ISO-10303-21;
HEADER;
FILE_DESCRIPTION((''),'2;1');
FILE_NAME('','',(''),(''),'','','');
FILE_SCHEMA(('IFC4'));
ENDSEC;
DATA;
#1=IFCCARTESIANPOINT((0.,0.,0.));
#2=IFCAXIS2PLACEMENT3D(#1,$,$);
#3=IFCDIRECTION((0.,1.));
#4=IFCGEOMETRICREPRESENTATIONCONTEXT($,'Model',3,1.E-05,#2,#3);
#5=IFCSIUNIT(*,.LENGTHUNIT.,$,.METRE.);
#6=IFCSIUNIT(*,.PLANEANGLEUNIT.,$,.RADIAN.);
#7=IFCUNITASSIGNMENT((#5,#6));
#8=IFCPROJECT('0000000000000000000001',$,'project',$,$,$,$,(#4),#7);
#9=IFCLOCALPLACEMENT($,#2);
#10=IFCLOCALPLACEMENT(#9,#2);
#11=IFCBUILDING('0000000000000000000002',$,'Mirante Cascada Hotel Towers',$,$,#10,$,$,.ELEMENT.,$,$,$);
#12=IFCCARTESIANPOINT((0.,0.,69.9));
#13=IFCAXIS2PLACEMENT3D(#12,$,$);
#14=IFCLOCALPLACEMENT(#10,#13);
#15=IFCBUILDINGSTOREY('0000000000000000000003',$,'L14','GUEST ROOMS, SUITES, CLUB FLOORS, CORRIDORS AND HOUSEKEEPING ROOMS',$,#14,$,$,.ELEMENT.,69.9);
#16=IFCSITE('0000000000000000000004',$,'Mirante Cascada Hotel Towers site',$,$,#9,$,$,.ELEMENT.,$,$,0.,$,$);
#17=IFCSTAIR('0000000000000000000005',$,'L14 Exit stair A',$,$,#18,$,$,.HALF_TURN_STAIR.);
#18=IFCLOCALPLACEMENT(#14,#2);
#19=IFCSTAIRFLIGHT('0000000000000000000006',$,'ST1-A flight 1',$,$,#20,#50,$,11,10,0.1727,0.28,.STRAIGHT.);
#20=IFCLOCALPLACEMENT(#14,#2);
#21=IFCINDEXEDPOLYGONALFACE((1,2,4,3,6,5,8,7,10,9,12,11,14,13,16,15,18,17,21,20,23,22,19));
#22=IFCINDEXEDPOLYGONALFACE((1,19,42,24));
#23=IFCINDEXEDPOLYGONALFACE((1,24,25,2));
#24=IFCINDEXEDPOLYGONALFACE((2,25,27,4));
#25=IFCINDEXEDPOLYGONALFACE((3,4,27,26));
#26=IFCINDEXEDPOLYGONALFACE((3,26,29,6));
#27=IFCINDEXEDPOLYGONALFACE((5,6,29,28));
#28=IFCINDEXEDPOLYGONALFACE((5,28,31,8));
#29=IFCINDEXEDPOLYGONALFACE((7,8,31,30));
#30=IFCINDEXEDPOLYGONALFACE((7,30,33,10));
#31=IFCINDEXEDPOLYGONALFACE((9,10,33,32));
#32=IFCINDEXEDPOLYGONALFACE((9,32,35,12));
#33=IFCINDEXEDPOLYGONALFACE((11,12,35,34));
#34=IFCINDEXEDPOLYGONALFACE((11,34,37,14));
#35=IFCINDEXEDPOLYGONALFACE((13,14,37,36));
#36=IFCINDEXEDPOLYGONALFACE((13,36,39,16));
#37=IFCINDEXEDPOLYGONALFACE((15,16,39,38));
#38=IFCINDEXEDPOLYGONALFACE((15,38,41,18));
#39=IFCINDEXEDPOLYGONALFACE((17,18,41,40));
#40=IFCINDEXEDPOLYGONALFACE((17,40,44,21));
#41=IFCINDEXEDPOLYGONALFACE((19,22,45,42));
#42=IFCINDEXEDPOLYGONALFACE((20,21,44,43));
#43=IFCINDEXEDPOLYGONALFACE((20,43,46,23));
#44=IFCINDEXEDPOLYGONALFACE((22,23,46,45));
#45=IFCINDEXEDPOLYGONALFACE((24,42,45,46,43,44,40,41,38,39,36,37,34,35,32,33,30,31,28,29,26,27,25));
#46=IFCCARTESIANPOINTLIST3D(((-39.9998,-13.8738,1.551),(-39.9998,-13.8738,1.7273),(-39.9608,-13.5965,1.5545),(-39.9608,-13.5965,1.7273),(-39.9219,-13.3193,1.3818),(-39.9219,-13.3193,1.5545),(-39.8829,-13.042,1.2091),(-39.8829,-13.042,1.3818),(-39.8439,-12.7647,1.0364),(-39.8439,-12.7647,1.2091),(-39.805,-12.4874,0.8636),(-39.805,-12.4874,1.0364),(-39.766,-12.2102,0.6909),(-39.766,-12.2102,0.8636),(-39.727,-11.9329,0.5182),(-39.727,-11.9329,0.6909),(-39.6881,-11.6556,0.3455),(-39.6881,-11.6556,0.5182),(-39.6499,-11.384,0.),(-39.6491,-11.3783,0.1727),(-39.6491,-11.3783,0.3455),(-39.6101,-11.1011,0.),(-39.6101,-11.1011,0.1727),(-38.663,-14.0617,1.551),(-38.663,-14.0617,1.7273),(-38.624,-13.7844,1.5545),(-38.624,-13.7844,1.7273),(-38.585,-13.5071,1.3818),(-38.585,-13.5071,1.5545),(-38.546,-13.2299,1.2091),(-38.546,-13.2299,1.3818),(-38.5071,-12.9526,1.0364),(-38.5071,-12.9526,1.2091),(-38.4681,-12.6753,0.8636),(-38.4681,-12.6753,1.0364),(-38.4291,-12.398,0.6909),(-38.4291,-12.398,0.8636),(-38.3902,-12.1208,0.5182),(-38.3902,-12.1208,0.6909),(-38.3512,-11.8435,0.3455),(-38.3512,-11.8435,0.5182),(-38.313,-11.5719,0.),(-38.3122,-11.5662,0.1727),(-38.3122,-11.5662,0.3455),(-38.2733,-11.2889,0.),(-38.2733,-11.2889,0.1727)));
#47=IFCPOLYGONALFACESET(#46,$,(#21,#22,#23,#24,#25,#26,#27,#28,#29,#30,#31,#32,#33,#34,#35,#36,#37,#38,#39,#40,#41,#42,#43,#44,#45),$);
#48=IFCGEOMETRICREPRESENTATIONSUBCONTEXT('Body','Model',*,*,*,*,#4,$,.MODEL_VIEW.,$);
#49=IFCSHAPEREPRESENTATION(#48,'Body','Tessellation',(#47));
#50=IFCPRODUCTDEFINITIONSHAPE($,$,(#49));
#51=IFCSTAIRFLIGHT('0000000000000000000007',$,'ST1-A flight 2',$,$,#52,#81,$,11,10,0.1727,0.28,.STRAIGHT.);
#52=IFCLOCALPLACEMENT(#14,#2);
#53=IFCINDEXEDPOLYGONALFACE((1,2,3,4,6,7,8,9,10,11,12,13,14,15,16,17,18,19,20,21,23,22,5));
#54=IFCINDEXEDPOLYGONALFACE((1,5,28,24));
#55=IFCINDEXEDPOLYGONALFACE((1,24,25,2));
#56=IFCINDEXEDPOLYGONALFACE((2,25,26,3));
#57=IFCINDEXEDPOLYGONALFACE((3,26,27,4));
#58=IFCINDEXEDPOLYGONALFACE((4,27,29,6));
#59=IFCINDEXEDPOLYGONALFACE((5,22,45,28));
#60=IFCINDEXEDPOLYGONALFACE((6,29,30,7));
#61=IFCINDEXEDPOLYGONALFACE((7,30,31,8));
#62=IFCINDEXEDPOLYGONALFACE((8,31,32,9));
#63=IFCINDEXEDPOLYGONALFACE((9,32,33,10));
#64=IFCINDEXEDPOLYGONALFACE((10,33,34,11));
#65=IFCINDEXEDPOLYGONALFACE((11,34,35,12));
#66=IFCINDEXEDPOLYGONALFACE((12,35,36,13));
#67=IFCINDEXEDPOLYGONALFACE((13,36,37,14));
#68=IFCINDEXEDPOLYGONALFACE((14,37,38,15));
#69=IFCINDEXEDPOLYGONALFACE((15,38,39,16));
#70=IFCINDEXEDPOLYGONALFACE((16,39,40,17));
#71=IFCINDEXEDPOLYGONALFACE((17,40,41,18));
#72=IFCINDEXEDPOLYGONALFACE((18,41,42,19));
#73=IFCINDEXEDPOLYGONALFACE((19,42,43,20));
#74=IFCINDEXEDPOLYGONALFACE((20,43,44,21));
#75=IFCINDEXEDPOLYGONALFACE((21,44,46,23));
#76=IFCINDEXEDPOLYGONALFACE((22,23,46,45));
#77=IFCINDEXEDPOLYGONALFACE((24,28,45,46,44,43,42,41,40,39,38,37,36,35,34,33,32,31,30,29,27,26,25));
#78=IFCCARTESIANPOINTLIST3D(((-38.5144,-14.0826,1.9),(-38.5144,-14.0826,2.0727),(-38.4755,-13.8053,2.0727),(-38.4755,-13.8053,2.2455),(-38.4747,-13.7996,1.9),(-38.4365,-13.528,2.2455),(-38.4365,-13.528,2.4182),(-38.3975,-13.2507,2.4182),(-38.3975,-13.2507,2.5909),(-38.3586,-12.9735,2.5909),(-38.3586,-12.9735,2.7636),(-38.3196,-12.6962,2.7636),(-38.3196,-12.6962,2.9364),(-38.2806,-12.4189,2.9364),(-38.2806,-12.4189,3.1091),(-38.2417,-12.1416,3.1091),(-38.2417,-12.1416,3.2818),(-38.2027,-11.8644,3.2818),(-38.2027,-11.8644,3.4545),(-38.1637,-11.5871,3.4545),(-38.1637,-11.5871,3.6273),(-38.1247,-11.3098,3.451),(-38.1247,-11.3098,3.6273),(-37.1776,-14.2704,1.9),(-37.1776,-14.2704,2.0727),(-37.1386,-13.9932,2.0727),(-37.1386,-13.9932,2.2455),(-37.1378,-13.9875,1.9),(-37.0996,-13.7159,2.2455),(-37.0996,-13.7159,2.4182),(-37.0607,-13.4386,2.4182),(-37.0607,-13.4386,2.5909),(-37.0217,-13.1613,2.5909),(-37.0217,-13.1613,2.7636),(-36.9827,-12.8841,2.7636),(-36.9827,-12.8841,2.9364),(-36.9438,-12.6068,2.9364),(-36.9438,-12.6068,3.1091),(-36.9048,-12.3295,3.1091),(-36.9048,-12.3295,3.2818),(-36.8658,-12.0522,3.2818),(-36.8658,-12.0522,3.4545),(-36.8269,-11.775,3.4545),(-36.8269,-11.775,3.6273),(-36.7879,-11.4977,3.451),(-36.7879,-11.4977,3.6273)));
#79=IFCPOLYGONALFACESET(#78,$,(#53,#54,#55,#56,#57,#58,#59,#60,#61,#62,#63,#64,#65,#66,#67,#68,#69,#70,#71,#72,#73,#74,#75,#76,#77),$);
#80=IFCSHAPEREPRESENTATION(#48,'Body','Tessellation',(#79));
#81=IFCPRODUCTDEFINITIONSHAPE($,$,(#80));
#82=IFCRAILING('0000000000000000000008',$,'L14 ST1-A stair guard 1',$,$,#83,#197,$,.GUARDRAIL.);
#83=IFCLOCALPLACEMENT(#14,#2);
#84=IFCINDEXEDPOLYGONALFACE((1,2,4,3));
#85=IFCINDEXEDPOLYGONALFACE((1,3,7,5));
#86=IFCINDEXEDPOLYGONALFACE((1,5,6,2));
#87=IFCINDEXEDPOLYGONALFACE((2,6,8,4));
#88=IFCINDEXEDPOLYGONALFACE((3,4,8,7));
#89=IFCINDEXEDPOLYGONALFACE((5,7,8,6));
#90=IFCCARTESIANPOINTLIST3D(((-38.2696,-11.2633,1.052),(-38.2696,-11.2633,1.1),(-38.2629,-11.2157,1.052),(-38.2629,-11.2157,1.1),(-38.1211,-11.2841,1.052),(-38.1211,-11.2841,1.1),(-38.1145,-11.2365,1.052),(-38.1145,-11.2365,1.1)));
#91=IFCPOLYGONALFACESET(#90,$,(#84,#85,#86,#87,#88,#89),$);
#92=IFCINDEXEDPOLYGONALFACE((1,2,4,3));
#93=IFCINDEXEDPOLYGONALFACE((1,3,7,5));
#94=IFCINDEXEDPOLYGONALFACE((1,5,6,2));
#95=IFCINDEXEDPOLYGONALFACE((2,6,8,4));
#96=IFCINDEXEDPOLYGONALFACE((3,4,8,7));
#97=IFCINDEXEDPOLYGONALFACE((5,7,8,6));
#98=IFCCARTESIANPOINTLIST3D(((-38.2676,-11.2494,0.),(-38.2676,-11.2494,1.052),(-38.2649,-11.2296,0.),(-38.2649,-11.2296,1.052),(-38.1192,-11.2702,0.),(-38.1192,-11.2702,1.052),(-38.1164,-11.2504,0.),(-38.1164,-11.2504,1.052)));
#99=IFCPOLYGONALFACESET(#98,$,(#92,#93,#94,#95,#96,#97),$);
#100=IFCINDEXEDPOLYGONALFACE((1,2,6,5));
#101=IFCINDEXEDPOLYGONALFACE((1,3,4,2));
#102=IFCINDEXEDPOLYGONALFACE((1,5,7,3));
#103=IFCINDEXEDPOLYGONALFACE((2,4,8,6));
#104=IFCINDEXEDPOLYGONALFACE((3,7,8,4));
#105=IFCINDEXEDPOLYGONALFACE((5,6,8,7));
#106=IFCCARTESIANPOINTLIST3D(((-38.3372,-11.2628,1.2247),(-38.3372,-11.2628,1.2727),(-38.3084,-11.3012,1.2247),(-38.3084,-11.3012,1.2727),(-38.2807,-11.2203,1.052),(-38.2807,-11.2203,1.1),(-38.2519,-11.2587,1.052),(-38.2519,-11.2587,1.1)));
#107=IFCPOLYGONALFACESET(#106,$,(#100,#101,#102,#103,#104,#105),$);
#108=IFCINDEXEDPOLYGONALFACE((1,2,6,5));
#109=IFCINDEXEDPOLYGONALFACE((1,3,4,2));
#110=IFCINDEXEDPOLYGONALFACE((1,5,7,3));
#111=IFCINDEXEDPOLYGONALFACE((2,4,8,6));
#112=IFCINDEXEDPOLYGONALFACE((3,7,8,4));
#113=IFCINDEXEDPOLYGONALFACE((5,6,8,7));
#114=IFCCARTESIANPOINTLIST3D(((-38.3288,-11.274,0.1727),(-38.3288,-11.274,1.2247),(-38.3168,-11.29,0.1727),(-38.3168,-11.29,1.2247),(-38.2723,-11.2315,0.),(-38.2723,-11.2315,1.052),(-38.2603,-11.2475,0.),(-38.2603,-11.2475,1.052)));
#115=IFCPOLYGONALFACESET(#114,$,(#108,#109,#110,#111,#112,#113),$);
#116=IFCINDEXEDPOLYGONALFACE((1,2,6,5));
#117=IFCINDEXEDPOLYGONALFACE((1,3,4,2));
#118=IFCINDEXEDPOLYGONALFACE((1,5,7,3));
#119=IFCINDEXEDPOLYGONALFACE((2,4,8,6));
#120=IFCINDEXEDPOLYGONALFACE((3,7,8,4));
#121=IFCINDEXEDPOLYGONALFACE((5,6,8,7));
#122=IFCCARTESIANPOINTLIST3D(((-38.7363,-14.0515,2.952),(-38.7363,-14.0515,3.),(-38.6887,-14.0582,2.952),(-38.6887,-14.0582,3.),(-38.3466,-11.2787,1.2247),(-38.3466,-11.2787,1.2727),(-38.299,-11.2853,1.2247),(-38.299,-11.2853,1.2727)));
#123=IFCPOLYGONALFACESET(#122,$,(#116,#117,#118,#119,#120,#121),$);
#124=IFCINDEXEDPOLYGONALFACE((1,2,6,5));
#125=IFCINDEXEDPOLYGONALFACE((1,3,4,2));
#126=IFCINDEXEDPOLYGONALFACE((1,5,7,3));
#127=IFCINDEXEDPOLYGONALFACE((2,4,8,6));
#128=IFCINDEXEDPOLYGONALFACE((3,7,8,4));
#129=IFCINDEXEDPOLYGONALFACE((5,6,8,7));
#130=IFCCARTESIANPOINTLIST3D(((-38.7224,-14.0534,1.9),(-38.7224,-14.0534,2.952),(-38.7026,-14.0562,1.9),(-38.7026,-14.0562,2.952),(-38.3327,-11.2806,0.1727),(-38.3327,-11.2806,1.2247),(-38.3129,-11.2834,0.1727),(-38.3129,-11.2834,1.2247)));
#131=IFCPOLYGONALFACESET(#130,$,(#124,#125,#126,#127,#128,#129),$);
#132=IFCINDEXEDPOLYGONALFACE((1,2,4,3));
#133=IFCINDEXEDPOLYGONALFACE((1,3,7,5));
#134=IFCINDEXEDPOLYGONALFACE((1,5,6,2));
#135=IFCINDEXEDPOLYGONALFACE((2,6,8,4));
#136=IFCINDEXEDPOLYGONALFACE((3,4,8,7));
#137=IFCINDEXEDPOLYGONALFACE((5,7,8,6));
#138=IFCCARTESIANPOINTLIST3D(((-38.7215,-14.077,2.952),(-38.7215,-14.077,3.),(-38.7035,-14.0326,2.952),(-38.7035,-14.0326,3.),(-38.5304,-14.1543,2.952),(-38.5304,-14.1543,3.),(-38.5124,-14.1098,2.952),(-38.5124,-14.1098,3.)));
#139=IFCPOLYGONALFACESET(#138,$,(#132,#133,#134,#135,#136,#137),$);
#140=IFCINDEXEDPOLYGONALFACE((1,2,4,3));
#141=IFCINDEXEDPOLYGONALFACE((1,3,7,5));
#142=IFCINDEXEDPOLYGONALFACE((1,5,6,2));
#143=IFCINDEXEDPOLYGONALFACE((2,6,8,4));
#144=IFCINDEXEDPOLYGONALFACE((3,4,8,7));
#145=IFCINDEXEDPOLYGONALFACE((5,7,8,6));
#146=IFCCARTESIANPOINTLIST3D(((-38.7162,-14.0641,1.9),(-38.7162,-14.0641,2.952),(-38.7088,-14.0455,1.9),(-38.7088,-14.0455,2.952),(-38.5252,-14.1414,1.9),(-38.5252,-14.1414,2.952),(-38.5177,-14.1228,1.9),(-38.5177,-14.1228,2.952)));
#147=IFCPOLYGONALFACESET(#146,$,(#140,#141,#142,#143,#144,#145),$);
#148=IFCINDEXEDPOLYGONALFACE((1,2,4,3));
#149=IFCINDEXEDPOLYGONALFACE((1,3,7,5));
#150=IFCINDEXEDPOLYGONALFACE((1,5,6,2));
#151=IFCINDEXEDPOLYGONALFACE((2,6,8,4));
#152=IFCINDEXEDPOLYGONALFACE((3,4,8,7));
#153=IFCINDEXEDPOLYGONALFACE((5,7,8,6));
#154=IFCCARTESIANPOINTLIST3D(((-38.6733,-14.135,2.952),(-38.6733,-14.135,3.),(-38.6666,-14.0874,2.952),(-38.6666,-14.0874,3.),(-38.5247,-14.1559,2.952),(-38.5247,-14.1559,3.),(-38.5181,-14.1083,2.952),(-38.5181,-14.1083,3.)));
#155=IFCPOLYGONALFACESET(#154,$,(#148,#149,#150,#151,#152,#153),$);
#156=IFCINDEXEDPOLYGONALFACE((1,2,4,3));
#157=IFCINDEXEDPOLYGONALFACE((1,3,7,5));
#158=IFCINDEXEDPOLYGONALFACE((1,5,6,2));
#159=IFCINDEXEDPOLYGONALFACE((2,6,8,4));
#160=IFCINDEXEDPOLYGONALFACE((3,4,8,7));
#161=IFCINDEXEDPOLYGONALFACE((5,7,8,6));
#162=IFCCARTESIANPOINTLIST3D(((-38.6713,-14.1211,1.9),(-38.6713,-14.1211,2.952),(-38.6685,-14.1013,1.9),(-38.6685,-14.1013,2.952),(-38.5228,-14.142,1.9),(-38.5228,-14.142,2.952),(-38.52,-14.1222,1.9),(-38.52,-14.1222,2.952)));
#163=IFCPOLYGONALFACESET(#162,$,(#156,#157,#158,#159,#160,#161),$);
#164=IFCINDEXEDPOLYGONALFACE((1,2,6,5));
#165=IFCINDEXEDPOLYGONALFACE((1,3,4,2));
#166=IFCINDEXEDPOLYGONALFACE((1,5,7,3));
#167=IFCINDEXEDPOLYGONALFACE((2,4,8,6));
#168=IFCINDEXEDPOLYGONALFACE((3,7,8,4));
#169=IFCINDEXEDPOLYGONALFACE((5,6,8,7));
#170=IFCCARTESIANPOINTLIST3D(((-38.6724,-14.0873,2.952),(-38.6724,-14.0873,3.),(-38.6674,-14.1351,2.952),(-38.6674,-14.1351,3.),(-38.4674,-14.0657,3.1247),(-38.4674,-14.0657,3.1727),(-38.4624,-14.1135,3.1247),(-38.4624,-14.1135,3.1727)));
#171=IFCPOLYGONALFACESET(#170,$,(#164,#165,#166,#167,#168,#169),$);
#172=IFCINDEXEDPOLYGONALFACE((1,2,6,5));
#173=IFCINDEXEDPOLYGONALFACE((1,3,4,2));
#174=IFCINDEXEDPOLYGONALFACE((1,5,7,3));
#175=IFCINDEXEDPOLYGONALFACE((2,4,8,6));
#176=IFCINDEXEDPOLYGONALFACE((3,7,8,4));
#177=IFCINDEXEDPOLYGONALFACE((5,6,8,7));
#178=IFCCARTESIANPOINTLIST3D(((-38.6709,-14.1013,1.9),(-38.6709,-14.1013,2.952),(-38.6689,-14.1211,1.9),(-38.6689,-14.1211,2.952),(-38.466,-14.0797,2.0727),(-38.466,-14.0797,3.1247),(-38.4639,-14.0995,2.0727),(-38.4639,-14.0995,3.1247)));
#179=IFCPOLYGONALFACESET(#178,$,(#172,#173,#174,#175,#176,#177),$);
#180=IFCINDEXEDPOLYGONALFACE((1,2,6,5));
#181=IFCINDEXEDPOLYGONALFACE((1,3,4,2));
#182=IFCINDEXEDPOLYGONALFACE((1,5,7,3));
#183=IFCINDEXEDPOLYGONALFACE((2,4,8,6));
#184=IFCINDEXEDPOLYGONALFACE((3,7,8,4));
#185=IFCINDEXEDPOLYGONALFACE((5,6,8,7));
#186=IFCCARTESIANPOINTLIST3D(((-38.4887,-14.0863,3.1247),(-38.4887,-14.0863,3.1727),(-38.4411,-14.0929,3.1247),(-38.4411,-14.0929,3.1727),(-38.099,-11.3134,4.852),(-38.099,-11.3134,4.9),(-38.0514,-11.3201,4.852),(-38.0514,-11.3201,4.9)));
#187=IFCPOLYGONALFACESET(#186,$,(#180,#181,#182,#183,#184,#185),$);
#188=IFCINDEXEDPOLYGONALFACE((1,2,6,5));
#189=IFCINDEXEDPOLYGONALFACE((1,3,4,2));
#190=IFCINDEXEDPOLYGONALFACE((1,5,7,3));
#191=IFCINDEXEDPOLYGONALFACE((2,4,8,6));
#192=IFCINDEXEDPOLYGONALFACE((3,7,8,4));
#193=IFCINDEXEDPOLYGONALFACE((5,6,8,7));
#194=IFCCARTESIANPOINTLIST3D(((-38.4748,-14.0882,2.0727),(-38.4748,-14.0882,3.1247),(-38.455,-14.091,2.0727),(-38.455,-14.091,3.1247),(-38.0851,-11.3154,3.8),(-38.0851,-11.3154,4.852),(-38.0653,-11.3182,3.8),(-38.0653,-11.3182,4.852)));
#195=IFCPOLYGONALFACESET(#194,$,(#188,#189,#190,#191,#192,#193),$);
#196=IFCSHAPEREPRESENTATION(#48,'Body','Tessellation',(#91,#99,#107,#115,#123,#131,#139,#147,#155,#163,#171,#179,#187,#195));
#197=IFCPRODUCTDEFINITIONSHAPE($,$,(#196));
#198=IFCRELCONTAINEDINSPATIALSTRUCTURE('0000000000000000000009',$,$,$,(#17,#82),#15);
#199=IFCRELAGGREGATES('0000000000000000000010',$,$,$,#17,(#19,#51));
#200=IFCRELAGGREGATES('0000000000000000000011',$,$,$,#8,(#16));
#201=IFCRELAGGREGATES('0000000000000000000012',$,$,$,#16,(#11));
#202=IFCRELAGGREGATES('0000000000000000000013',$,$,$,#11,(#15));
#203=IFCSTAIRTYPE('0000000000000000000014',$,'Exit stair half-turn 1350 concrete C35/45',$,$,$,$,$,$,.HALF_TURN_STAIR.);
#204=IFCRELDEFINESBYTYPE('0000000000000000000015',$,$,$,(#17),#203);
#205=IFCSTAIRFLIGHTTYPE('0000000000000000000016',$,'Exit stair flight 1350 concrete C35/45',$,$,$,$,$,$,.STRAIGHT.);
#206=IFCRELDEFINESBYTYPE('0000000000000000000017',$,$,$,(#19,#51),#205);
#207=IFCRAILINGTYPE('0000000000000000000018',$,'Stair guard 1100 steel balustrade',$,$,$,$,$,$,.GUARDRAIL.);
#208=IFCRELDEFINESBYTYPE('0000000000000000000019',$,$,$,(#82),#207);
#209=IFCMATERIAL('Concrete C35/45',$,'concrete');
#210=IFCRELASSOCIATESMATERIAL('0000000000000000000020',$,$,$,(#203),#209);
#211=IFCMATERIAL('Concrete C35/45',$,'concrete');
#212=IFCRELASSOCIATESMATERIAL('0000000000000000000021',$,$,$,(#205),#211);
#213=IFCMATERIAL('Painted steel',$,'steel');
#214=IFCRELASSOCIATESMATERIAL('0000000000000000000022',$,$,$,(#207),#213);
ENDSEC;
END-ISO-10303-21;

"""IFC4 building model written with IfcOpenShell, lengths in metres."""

from ifc_helpers import new_model, si_unit, direction, frame, origin, origin_2d, place, context, subcontext, project, spatial, polyline, rectangle, outline, extrude, material, type_object, element, aggregate, save


model = new_model("IFC4")

# Units and contexts
model_context = context("Model", 3, precision=1e-05, world=origin(), true_north=direction((0.0, 1.0)))
body_context = subcontext(model_context, "Body", "Model", "MODEL_VIEW")
ifc_project = project(units=[si_unit("LENGTHUNIT", "METRE"), si_unit("PLANEANGLEUNIT", "RADIAN")], contexts=[model_context])

# Site, building, storey
site_placement = place(None, origin())
site = spatial("IfcSite", under=ifc_project, at=site_placement, Name="Mirante Cascada Hotel Towers site", CompositionType="ELEMENT", RefElevation=0.0)
building_placement = place(site_placement, origin())
building = spatial("IfcBuilding", under=site, at=building_placement, Name="Mirante Cascada Hotel Towers", CompositionType="ELEMENT")
storey_placement = place(building_placement, frame((0.0, 0.0, 69.9)))
storey = spatial("IfcBuildingStorey", under=building, at=storey_placement, Name="L14", Description="GUEST ROOMS, SUITES, CLUB FLOORS, CORRIDORS AND HOUSEKEEPING ROOMS", CompositionType="ELEMENT", Elevation=69.9)

# Stair, stair flights
ifc_material_1 = material(Name="Concrete C35/45", Category="concrete")
stair_type = type_object("IfcStairType", Name="Exit stair half-turn 1350 concrete C35/45", PredefinedType="HALF_TURN_STAIR", material=ifc_material_1)
stair_placement = place(storey_placement, origin())
stair = element("IfcStair", 1, at=stair_placement, inside=storey, type_object=stair_type, Name="L14 Exit stair A", PredefinedType="HALF_TURN_STAIR")
ifc_material_2 = material(Name="Concrete C35/45", Category="concrete")
stair_flight_type = type_object("IfcStairFlightType", Name="Exit stair flight 1350 concrete C35/45", PredefinedType="STRAIGHT", material=ifc_material_2)
stair_flight_1_placement = place(storey_placement, frame((-38.9417, -11.195, 0.0), z_axis=(0.0, 0.0, 1.0), x_axis=(-0.139173, -0.990268, 0.0)))
stair_flight_1 = element("IfcStairFlight", 2, at=stair_flight_1_placement, type_object=stair_flight_type, Name="ST1-A flight 1", NumberOfRisers=11, NumberOfTreads=10, PredefinedType="STRAIGHT", RiserHeight=0.1727, TreadLength=0.28, context=body_context, shape_type="SweptSolid", body=[
    extrude(outline(polyline([(0.0, 0.0), (0.0, 0.1727), (0.28, 0.1727), (0.28, 0.3455), (0.56, 0.3455), (0.56, 0.5182), (0.84, 0.5182), (0.84, 0.6909), (1.12, 0.6909), (1.12, 0.8636), (1.4, 0.8636), (1.4, 1.0364), (1.68, 1.0364), (1.68, 1.2091), (1.96, 1.2091), (1.96, 1.3818), (2.24, 1.3818), (2.24, 1.5545), (2.52, 1.5545), (2.52, 1.7273), (2.8, 1.7273), (2.8, 1.9), (2.8, 1.551), (0.2857, 0.0), (0.0, 0.0)])), frame((0.0, 0.675, 0.0), z_axis=(0.0, -1.0, 0.0), x_axis=(1.0, 0.0, 0.0)), (0.0, 0.0, 1.0), 1.35),
])
stair_flight_2_placement = place(storey_placement, frame((-37.846, -14.1765, 1.9), z_axis=(0.0, 0.0, 1.0), x_axis=(0.139173, 0.990268, 0.0)))
stair_flight_2 = element("IfcStairFlight", 3, at=stair_flight_2_placement, type_object=stair_flight_type, Name="ST1-A flight 2", NumberOfRisers=11, NumberOfTreads=10, PredefinedType="STRAIGHT", RiserHeight=0.1727, TreadLength=0.28, context=body_context, shape_type="SweptSolid", body=[
    extrude(outline(polyline([(0.0, 0.0), (0.0, 0.1727), (0.28, 0.1727), (0.28, 0.3455), (0.56, 0.3455), (0.56, 0.5182), (0.84, 0.5182), (0.84, 0.6909), (1.12, 0.6909), (1.12, 0.8636), (1.4, 0.8636), (1.4, 1.0364), (1.68, 1.0364), (1.68, 1.2091), (1.96, 1.2091), (1.96, 1.3818), (2.24, 1.3818), (2.24, 1.5545), (2.52, 1.5545), (2.52, 1.7273), (2.8, 1.7273), (2.8, 1.9), (2.8, 1.551), (0.2857, 0.0), (0.0, 0.0)])), frame((0.0, 0.675, 0.0), z_axis=(0.0, -1.0, 0.0), x_axis=(1.0, 0.0, 0.0)), (0.0, 0.0, 1.0), 1.35),
])
aggregate(stair, [stair_flight_1, stair_flight_2])

# Railing
ifc_material_3 = material(Name="Painted steel", Category="steel")
railing_type_1 = type_object("IfcRailingType", Name="Stair guard 1100 steel balustrade", PredefinedType="GUARDRAIL", material=ifc_material_3)
railing_1_placement = place(storey_placement, frame((-38.1178, -11.2603, 0.0)))
element("IfcRailing", 4, at=railing_1_placement, inside=storey, type_object=railing_type_1, Name="L14 ST1-A stair guard 1", PredefinedType="GUARDRAIL", context=body_context, shape_type="SweptSolid", body=[
    extrude(rectangle(XDim=0.048, YDim=0.048, at=origin_2d()), frame((0.0, 0.0, 1.076), z_axis=(-0.990333, 0.138713, 0.0), x_axis=(-0.138713, -0.990333, 0.0)), (0.0, 0.0, 1.0), 0.1499),
    extrude(rectangle(XDim=0.02, YDim=1.052, at=origin_2d()), frame((0.0, 0.0, 0.526), z_axis=(-0.990333, 0.138713, 0.0), x_axis=(-0.138713, -0.990333, 0.0)), (0.0, 0.0, 1.0), 0.1499),
    extrude(rectangle(XDim=0.048, YDim=0.048, at=origin_2d()), frame((-0.1485, 0.0208, 1.076), z_axis=(-0.79915, -0.601131, 0.0), x_axis=(0.601131, -0.79915, 0.0)), (0.0, 0.925453, 0.378863), 0.1866),
    extrude(rectangle(XDim=0.02, YDim=1.052, at=origin_2d()), frame((-0.1485, 0.0208, 0.526), z_axis=(-0.79915, -0.601131, 0.0), x_axis=(0.601131, -0.79915, 0.0)), (0.0, 0.925453, 0.378863), 0.1866),
    extrude(rectangle(XDim=0.048, YDim=0.048, at=origin_2d()), frame((-0.205, -0.0217, 1.2487), z_axis=(-0.139176, -0.990268, 0.0), x_axis=(0.990268, -0.139176, 0.0)), (0.0, 0.525021, 0.851089), 3.29),
    extrude(rectangle(XDim=0.02, YDim=1.052, at=origin_2d()), frame((-0.205, -0.0217, 0.6987), z_axis=(-0.139176, -0.990268, 0.0), x_axis=(0.990268, -0.139176, 0.0)), (0.0, 0.525021, 0.851089), 3.29),
    extrude(rectangle(XDim=0.048, YDim=0.048, at=origin_2d()), frame((-0.5947, -2.7945, 2.976), z_axis=(0.927031, -0.374984, 0.0), x_axis=(0.374984, 0.927031, 0.0)), (0.0, 0.0, 1.0), 0.2061),
    extrude(rectangle(XDim=0.02, YDim=1.052, at=origin_2d()), frame((-0.5947, -2.7945, 2.426), z_axis=(0.927031, -0.374984, 0.0), x_axis=(0.374984, 0.927031, 0.0)), (0.0, 0.0, 1.0), 0.2061),
    extrude(rectangle(XDim=0.048, YDim=0.048, at=origin_2d()), frame((-0.4036, -2.8718, 2.976), z_axis=(-0.990241, 0.139367, 0.0), x_axis=(-0.139367, -0.990241, 0.0)), (0.0, 0.0, 1.0), 0.15),
    extrude(rectangle(XDim=0.02, YDim=1.052, at=origin_2d()), frame((-0.4036, -2.8718, 2.426), z_axis=(-0.990241, 0.139367, 0.0), x_axis=(-0.139367, -0.990241, 0.0)), (0.0, 0.0, 1.0), 0.15),
    extrude(rectangle(XDim=0.048, YDim=0.048, at=origin_2d()), frame((-0.5521, -2.8509, 2.976), z_axis=(0.994495, 0.104786, 0.0), x_axis=(-0.104786, 0.994495, 0.0)), (0.0, 0.642203, 0.766534), 0.2689),
    extrude(rectangle(XDim=0.02, YDim=1.052, at=origin_2d()), frame((-0.5521, -2.8509, 2.426), z_axis=(0.994495, 0.104786, 0.0), x_axis=(-0.104786, 0.994495, 0.0)), (0.0, 0.642203, 0.766534), 0.2689),
    extrude(rectangle(XDim=0.048, YDim=0.048, at=origin_2d()), frame((-0.3471, -2.8293, 3.1487), z_axis=(0.139176, 0.990268, 0.0), x_axis=(-0.990268, 0.139176, 0.0)), (0.0, 0.525021, 0.851089), 3.29),
    extrude(rectangle(XDim=0.02, YDim=1.052, at=origin_2d()), frame((-0.3471, -2.8293, 2.5987), z_axis=(0.139176, 0.990268, 0.0), x_axis=(-0.990268, 0.139176, 0.0)), (0.0, 0.525021, 0.851089), 3.29),
])

save(model, "model.ifc")
